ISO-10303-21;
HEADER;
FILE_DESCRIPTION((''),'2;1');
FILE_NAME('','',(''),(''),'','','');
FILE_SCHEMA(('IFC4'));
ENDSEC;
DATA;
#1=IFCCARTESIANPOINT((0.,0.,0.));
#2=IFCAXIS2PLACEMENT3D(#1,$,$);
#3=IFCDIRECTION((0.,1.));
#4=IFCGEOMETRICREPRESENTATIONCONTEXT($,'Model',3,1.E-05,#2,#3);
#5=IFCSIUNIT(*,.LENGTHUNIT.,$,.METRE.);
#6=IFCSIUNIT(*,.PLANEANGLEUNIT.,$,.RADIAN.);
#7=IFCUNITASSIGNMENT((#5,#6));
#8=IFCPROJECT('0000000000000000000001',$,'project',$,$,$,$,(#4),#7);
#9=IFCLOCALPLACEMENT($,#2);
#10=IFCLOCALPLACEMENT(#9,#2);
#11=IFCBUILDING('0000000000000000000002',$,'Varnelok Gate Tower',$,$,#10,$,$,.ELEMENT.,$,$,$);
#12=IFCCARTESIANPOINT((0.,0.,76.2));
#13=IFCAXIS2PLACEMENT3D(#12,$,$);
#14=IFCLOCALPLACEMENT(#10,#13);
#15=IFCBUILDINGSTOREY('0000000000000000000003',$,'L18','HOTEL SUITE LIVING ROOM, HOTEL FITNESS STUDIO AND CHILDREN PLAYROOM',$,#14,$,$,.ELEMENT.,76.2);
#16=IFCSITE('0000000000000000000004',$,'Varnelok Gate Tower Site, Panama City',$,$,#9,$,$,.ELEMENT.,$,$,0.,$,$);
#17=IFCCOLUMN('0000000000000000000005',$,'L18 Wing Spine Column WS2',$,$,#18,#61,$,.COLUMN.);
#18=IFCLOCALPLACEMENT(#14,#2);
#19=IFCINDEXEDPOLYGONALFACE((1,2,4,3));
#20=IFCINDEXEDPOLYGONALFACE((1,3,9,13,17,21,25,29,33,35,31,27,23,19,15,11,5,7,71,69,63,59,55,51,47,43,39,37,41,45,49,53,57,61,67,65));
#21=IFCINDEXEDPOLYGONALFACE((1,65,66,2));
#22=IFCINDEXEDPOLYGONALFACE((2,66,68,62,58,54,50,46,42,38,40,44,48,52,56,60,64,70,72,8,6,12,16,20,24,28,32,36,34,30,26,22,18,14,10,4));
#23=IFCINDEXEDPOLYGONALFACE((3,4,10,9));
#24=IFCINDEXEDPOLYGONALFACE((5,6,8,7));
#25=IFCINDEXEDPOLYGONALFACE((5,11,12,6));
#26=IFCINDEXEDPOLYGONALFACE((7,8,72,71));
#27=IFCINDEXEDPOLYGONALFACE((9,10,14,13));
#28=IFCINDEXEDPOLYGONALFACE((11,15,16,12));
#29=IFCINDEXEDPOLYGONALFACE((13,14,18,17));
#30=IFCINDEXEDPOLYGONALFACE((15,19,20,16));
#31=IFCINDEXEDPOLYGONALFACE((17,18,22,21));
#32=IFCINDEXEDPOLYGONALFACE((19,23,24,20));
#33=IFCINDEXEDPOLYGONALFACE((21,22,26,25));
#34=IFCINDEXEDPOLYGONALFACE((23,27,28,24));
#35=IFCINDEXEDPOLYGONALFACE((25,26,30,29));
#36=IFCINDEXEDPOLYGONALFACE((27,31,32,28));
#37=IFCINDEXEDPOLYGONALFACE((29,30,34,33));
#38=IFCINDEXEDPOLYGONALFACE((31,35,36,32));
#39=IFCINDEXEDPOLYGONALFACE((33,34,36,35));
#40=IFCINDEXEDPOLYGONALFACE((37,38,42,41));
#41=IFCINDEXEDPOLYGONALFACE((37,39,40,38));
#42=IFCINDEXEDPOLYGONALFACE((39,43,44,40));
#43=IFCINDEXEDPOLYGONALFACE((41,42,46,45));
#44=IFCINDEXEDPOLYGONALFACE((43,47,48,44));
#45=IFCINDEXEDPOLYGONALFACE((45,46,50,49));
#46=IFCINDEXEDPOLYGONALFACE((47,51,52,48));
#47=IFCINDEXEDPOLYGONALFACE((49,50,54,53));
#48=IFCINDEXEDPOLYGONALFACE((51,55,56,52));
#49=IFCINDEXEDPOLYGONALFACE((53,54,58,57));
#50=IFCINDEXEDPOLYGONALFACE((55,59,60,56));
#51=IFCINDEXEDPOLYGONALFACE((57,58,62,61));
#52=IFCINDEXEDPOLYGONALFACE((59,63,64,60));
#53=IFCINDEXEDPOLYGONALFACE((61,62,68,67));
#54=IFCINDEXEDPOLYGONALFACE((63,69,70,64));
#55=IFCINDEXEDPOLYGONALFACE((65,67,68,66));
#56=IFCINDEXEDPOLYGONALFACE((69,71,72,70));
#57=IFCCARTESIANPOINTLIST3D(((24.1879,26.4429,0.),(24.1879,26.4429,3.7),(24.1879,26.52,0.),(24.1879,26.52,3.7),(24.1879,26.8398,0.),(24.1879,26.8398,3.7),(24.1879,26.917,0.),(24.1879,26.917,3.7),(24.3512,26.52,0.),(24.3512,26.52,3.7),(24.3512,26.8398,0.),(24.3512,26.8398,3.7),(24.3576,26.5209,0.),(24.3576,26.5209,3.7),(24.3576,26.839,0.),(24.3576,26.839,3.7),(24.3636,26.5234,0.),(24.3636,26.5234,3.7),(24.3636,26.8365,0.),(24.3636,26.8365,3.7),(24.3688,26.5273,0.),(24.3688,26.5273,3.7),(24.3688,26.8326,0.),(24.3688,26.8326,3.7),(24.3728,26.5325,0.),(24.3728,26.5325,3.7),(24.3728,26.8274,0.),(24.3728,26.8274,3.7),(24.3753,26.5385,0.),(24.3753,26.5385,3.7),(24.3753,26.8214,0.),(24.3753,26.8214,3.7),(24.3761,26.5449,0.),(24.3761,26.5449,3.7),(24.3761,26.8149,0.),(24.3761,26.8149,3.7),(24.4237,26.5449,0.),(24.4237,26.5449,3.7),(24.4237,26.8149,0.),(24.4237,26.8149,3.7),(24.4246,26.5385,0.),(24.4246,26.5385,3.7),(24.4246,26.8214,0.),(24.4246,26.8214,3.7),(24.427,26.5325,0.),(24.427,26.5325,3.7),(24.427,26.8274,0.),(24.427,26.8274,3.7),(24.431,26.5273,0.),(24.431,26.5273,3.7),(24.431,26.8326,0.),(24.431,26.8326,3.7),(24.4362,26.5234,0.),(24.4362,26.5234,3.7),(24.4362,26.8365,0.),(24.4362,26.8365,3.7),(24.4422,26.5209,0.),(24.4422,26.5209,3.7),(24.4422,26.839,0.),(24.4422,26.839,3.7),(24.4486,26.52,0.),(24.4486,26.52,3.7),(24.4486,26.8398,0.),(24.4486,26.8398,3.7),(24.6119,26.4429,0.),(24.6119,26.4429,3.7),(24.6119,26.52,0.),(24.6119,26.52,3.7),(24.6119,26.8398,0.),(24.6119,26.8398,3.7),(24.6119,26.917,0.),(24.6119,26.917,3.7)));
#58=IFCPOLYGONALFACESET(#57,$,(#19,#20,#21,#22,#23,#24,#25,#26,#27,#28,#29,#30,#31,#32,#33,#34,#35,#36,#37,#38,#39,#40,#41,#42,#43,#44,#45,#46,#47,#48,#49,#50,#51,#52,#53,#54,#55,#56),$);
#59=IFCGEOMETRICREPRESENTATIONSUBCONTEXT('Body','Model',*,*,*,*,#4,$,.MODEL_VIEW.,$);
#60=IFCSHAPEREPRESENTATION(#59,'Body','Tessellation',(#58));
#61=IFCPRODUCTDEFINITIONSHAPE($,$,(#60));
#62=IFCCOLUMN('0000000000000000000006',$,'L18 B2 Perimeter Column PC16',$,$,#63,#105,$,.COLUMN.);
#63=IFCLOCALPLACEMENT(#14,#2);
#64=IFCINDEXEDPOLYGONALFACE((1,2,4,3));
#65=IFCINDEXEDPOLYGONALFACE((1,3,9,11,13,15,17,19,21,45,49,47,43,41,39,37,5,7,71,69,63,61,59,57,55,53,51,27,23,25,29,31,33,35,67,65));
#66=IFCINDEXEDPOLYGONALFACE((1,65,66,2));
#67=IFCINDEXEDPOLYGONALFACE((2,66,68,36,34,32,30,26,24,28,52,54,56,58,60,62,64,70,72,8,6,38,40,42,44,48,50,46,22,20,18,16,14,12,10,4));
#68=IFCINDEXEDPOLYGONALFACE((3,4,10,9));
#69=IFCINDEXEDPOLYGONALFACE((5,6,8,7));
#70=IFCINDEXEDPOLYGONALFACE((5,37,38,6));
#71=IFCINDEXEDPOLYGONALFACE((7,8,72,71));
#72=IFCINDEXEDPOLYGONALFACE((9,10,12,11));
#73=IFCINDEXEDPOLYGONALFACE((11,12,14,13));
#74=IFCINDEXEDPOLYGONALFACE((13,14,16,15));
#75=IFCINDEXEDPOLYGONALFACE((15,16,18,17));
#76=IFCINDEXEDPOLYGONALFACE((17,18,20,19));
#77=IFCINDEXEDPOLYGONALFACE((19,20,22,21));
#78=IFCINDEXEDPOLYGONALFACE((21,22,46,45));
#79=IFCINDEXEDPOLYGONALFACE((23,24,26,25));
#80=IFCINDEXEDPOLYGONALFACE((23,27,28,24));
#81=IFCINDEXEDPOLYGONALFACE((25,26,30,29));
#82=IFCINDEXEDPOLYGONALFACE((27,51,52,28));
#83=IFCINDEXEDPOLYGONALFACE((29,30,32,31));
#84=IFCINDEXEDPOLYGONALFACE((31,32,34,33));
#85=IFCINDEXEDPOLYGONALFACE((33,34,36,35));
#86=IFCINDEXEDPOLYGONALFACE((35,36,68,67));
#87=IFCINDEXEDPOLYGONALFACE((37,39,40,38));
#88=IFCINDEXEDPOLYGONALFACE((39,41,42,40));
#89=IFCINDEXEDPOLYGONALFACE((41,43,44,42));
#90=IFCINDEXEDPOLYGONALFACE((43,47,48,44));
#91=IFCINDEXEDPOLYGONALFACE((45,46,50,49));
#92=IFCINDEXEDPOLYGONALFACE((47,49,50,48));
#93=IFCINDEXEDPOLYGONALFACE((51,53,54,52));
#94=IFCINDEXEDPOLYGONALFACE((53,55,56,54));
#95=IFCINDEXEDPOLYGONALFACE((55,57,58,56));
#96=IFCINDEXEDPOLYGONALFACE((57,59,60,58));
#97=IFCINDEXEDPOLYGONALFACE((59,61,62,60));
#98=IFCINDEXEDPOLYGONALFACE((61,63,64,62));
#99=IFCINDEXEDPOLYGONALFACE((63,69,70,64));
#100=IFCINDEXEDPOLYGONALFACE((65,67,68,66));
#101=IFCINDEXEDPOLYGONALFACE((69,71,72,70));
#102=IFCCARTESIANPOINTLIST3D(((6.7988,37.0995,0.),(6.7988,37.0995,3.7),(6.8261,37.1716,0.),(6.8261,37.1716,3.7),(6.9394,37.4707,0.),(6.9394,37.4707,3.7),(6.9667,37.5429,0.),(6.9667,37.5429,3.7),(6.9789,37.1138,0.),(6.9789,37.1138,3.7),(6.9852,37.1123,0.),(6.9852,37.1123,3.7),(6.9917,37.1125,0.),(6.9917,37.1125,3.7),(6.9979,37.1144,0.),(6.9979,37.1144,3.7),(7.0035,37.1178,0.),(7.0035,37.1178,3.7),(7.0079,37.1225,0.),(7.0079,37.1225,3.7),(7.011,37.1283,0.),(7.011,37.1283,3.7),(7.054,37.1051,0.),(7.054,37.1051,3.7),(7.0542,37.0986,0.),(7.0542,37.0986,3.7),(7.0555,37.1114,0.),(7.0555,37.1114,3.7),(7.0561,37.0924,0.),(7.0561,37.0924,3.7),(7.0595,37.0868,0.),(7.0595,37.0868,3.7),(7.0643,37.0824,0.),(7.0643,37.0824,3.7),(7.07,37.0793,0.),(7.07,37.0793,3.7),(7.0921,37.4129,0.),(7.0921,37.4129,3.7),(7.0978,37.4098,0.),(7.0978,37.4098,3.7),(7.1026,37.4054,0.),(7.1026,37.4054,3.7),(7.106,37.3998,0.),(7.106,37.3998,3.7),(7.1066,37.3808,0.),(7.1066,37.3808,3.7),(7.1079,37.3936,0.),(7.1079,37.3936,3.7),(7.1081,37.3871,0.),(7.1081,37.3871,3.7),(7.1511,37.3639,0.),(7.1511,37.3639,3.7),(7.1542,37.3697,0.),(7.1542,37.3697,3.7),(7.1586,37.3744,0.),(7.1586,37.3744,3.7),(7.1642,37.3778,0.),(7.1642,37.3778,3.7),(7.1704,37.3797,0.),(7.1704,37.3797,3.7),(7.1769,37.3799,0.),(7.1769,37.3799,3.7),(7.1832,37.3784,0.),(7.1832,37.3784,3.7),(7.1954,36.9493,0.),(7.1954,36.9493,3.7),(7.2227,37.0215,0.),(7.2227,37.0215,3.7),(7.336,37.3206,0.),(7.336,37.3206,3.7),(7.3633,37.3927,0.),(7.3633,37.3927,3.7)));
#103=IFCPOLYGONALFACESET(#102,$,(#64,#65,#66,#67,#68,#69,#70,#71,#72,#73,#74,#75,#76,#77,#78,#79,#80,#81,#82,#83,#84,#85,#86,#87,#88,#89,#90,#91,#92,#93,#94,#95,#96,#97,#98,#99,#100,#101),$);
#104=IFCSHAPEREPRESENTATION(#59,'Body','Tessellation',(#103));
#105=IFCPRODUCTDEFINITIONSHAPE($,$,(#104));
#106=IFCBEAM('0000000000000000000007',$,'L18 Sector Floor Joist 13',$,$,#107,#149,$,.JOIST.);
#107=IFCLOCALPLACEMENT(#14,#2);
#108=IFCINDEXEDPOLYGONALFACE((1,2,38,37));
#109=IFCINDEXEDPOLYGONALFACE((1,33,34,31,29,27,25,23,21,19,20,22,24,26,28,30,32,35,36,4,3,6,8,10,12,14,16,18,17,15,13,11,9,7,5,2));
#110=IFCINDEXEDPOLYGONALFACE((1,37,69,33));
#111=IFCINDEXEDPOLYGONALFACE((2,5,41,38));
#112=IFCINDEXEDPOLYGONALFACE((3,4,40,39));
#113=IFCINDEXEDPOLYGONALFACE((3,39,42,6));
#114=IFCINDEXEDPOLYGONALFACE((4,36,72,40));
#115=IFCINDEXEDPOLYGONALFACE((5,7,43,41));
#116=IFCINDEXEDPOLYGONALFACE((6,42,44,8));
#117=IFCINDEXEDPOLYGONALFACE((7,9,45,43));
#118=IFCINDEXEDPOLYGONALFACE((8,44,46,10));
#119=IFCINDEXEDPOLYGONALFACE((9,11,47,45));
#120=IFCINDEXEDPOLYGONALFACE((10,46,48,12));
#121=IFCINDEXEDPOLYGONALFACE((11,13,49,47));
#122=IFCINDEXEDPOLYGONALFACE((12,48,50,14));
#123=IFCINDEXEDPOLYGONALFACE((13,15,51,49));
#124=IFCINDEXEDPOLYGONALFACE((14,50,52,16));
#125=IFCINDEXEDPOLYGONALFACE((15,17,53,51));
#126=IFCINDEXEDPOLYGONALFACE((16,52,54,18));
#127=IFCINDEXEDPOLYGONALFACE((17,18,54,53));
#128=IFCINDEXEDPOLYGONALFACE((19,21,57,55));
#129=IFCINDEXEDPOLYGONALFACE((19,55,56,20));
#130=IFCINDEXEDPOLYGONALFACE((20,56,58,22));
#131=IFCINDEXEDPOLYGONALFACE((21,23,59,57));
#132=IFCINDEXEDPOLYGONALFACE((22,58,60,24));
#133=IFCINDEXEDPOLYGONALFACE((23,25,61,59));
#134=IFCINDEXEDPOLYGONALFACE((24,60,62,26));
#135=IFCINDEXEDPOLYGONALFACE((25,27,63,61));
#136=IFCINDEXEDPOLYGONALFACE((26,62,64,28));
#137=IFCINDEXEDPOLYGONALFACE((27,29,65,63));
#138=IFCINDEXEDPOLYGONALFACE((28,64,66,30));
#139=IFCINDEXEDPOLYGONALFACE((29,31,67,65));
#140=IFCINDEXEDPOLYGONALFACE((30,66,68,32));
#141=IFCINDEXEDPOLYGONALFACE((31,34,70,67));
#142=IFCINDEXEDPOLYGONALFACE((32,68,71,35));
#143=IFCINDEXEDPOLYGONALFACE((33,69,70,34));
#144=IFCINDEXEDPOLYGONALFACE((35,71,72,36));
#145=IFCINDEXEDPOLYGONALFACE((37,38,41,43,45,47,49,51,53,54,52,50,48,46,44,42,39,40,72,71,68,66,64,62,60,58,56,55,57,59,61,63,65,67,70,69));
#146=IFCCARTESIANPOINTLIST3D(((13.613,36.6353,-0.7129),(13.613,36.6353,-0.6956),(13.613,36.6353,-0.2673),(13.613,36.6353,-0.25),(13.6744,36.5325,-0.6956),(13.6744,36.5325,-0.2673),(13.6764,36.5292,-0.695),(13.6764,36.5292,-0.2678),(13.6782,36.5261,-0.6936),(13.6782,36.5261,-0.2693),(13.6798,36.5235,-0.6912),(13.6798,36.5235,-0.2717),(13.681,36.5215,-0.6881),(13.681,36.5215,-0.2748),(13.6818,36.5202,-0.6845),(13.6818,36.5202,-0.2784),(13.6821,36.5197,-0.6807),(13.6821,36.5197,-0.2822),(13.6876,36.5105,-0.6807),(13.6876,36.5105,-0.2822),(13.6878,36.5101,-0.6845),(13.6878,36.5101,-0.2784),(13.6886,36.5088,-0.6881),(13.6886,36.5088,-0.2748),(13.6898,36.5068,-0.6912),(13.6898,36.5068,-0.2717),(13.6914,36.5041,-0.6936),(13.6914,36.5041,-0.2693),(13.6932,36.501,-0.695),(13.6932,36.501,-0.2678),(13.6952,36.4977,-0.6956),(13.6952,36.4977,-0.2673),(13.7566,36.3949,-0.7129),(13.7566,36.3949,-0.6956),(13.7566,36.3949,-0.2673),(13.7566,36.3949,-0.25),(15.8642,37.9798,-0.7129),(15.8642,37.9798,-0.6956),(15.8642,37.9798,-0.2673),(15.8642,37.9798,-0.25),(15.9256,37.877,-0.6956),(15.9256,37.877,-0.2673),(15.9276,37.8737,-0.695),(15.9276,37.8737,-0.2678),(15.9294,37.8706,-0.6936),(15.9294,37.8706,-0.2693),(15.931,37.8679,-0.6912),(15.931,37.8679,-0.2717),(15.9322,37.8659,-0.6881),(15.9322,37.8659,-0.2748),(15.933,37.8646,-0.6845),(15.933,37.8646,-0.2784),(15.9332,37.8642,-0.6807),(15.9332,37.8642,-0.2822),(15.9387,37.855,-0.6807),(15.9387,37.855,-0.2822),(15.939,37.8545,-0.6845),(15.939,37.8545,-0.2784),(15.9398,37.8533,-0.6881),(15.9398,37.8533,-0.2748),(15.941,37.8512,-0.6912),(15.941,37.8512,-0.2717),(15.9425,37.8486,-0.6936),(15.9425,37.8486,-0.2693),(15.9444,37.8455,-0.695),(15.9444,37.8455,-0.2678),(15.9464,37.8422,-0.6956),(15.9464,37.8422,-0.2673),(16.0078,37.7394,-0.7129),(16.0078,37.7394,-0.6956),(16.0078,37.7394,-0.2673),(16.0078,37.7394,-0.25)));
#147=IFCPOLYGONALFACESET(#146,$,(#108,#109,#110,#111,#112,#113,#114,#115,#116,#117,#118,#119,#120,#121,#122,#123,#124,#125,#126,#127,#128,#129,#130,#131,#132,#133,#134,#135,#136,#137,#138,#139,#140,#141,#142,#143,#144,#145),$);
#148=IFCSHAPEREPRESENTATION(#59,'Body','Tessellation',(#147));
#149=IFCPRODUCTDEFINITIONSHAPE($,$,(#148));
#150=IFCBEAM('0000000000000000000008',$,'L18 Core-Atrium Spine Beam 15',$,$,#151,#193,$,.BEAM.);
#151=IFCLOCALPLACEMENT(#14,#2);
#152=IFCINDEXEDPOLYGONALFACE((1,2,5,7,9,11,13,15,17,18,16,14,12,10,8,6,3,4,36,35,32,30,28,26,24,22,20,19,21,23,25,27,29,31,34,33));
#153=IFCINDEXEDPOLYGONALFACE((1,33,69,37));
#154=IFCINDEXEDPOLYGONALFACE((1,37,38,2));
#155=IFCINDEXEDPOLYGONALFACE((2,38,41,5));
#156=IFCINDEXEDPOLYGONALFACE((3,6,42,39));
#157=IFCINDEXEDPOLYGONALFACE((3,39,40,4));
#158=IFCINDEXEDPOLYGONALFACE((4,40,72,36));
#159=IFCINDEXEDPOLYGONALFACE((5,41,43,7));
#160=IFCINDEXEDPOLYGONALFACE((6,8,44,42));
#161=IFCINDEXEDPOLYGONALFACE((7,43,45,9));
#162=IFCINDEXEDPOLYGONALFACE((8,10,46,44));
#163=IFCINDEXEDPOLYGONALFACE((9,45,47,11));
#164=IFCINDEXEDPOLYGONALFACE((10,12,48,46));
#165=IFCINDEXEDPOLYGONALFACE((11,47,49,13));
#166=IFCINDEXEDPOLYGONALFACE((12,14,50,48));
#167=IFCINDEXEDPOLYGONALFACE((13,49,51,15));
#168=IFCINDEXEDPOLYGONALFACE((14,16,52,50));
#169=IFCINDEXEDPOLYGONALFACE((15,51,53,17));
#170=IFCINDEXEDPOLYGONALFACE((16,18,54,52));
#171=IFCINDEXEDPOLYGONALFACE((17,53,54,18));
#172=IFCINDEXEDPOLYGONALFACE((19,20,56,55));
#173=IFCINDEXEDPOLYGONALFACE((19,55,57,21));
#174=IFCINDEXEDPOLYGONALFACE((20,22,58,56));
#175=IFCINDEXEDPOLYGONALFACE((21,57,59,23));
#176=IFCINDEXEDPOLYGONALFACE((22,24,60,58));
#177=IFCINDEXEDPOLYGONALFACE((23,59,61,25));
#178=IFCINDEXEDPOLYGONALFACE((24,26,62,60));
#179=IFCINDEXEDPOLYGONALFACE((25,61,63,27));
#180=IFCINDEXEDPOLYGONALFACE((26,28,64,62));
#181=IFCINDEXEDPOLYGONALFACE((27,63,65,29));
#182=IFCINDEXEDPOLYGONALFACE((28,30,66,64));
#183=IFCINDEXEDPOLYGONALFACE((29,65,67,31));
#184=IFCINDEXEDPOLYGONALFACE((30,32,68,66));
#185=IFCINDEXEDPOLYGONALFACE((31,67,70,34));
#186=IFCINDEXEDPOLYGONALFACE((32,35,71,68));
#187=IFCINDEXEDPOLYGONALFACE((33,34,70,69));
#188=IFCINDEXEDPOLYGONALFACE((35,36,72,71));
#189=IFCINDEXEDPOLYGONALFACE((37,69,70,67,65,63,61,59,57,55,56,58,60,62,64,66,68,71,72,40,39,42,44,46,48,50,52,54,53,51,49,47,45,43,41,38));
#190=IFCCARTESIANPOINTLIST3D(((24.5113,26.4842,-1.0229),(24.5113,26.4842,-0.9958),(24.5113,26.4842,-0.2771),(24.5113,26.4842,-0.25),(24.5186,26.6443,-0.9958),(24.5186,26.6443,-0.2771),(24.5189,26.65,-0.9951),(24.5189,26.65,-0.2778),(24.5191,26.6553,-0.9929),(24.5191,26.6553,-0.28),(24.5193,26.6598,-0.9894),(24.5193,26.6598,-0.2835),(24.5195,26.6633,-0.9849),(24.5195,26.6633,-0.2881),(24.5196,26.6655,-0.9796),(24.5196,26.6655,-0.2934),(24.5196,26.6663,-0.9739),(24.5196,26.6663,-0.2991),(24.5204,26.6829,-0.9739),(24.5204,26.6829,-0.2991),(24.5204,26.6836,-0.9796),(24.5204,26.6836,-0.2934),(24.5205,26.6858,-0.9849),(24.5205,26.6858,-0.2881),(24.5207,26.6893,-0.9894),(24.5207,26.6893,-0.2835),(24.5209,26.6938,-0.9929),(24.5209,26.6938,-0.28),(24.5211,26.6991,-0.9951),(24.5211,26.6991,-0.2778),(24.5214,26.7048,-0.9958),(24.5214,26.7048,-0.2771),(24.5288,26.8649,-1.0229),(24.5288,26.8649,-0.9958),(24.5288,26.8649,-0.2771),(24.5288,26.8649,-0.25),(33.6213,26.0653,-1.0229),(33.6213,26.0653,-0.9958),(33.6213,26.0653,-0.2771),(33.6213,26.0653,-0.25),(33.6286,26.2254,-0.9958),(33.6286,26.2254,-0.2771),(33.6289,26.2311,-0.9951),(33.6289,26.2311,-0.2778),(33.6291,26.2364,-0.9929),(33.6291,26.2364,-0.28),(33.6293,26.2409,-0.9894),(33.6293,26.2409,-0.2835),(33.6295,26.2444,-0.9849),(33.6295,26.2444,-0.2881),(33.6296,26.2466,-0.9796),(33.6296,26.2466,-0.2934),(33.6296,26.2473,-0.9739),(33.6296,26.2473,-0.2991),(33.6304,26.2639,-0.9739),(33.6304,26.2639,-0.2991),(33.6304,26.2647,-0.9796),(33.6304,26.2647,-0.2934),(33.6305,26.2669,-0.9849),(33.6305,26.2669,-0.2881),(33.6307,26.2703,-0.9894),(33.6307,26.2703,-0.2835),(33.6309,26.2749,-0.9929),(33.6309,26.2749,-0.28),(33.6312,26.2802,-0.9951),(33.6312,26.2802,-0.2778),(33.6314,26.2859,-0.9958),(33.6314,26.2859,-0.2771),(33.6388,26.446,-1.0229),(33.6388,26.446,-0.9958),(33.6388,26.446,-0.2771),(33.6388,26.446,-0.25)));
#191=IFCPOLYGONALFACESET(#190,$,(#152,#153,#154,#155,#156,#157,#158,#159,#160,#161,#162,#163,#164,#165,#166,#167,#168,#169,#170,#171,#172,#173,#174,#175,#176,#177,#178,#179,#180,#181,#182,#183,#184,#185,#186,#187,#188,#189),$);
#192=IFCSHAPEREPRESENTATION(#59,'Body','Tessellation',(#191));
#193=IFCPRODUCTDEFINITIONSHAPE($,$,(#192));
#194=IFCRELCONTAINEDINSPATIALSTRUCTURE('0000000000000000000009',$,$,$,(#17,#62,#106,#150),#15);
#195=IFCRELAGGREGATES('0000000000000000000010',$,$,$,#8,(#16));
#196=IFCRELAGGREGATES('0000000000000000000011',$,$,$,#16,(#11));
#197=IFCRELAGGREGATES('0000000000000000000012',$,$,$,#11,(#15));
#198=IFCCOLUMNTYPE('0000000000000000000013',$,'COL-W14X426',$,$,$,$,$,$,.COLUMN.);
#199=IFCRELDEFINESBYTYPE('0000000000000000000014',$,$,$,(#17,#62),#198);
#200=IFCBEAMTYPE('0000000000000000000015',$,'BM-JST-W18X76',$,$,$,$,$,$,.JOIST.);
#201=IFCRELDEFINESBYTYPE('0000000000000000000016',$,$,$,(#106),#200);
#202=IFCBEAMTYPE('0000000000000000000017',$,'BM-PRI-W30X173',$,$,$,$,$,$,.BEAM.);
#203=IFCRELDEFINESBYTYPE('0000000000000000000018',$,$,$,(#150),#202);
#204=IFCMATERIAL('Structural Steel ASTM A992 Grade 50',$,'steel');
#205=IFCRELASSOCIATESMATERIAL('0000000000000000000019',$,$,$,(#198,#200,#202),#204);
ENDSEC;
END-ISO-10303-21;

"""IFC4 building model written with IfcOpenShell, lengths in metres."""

from ifc_helpers import new_model, si_unit, direction, frame, origin, origin_2d, place, context, subcontext, project, spatial, i_section, extrude, material, material_profile, profile_set, type_object, element, save


model = new_model("IFC4")

# Units and contexts
model_context = context("Model", 3, precision=1e-05, world=origin(), true_north=direction((0.0, 1.0)))
body_context = subcontext(model_context, "Body", "Model", "MODEL_VIEW")
ifc_project = project(units=[si_unit("LENGTHUNIT", "METRE"), si_unit("PLANEANGLEUNIT", "RADIAN")], contexts=[model_context])

# Site, building, storey
site_placement = place(None, origin())
site = spatial("IfcSite", under=ifc_project, at=site_placement, Name="Varnelok Gate Tower Site, Panama City", CompositionType="ELEMENT", RefElevation=0.0)
building_placement = place(site_placement, origin())
building = spatial("IfcBuilding", under=site, at=building_placement, Name="Varnelok Gate Tower", CompositionType="ELEMENT")
storey_placement = place(building_placement, frame((0.0, 0.0, 76.2)))
storey = spatial("IfcBuildingStorey", under=building, at=storey_placement, Name="L18", Description="HOTEL SUITE LIVING ROOM, HOTEL FITNESS STUDIO AND CHILDREN PLAYROOM", CompositionType="ELEMENT", Elevation=76.2)

# Columns
ifc_material_1 = material(Name="Structural Steel ASTM A992 Grade 50", Category="steel")
ifc_material_profile_1 = material_profile(ifc_material_1, i_section(OverallWidth=0.4241, OverallDepth=0.4741, WebThickness=0.0476, FlangeThickness=0.0771, FilletRadius=0.0249, at=origin_2d()), Name="W14X426")
ifc_profile_set_1 = profile_set([ifc_material_profile_1], Name="Structural Steel ASTM A992 Grade 50")
column_type = type_object("IfcColumnType", Name="COL-W14X426", PredefinedType="COLUMN", material=ifc_profile_set_1)
for number, where, z_axis, x_axis, name in (
    (1, (24.3999, 26.6799, 0.0), (0.0, 0.0, 1.0), (1.0, 0.0, 0.0), "L18 Wing Spine Column WS2"),
    (2, (7.0811, 37.2461, 0.0), (0.0, 0.0, 1.0), (0.935222, -0.354063, 0.0), "L18 B2 Perimeter Column PC16"),
):
    element("IfcColumn", number, at=place(storey_placement, frame(where, z_axis=z_axis, x_axis=x_axis)), inside=storey, type_object=column_type, Name=name, PredefinedType="COLUMN", context=body_context, shape_type="SweptSolid", body=[
        extrude(i_section(OverallWidth=0.4241, OverallDepth=0.4741, WebThickness=0.0476, FlangeThickness=0.0771, FilletRadius=0.0249, at=origin_2d()), origin(), (0.0, 0.0, 1.0), 3.7),
    ])

# Beams
ifc_material_profile_2 = material_profile(ifc_material_1, i_section(OverallWidth=0.28, OverallDepth=0.4629, WebThickness=0.0107, FlangeThickness=0.0173, FilletRadius=0.0149, at=origin_2d()), Name="W18X76")
ifc_profile_set_2 = profile_set([ifc_material_profile_2], Name="Structural Steel ASTM A992 Grade 50")
beam_type_1 = type_object("IfcBeamType", Name="BM-JST-W18X76", PredefinedType="JOIST", material=ifc_profile_set_2)
beam_1_placement = place(storey_placement, frame((13.6848, 36.5151, -0.4814), z_axis=(0.858543, 0.512742, 0.0), x_axis=(-0.512742, 0.858543, 0.0)))
element("IfcBeam", 3, at=beam_1_placement, inside=storey, type_object=beam_type_1, Name="L18 Sector Floor Joist 13", PredefinedType="JOIST", context=body_context, shape_type="SweptSolid", body=[
    extrude(i_section(OverallWidth=0.28, OverallDepth=0.4629, WebThickness=0.0107, FlangeThickness=0.0173, FilletRadius=0.0149, at=origin_2d()), origin(), (0.0, 0.0, 1.0), 2.6221),
])
ifc_material_profile_3 = material_profile(ifc_material_1, i_section(OverallWidth=0.3811, OverallDepth=0.7729, WebThickness=0.0166, FlangeThickness=0.0271, FilletRadius=0.022, at=origin_2d()), Name="W30X173")
ifc_profile_set_3 = profile_set([ifc_material_profile_3], Name="Structural Steel ASTM A992 Grade 50")
beam_type_2 = type_object("IfcBeamType", Name="BM-PRI-W30X173", PredefinedType="BEAM", material=ifc_profile_set_3)
beam_2_placement = place(storey_placement, frame((24.52, 26.6746, -0.6365), z_axis=(0.998944, -0.045938, 0.0), x_axis=(0.045938, 0.998944, 0.0)))
element("IfcBeam", 4, at=beam_2_placement, inside=storey, type_object=beam_type_2, Name="L18 Core-Atrium Spine Beam 15", PredefinedType="BEAM", context=body_context, shape_type="SweptSolid", body=[
    extrude(i_section(OverallWidth=0.3811, OverallDepth=0.7729, WebThickness=0.0166, FlangeThickness=0.0271, FilletRadius=0.022, at=origin_2d()), origin(), (0.0, 0.0, 1.0), 9.1196),
])

save(model, "model.ifc")
